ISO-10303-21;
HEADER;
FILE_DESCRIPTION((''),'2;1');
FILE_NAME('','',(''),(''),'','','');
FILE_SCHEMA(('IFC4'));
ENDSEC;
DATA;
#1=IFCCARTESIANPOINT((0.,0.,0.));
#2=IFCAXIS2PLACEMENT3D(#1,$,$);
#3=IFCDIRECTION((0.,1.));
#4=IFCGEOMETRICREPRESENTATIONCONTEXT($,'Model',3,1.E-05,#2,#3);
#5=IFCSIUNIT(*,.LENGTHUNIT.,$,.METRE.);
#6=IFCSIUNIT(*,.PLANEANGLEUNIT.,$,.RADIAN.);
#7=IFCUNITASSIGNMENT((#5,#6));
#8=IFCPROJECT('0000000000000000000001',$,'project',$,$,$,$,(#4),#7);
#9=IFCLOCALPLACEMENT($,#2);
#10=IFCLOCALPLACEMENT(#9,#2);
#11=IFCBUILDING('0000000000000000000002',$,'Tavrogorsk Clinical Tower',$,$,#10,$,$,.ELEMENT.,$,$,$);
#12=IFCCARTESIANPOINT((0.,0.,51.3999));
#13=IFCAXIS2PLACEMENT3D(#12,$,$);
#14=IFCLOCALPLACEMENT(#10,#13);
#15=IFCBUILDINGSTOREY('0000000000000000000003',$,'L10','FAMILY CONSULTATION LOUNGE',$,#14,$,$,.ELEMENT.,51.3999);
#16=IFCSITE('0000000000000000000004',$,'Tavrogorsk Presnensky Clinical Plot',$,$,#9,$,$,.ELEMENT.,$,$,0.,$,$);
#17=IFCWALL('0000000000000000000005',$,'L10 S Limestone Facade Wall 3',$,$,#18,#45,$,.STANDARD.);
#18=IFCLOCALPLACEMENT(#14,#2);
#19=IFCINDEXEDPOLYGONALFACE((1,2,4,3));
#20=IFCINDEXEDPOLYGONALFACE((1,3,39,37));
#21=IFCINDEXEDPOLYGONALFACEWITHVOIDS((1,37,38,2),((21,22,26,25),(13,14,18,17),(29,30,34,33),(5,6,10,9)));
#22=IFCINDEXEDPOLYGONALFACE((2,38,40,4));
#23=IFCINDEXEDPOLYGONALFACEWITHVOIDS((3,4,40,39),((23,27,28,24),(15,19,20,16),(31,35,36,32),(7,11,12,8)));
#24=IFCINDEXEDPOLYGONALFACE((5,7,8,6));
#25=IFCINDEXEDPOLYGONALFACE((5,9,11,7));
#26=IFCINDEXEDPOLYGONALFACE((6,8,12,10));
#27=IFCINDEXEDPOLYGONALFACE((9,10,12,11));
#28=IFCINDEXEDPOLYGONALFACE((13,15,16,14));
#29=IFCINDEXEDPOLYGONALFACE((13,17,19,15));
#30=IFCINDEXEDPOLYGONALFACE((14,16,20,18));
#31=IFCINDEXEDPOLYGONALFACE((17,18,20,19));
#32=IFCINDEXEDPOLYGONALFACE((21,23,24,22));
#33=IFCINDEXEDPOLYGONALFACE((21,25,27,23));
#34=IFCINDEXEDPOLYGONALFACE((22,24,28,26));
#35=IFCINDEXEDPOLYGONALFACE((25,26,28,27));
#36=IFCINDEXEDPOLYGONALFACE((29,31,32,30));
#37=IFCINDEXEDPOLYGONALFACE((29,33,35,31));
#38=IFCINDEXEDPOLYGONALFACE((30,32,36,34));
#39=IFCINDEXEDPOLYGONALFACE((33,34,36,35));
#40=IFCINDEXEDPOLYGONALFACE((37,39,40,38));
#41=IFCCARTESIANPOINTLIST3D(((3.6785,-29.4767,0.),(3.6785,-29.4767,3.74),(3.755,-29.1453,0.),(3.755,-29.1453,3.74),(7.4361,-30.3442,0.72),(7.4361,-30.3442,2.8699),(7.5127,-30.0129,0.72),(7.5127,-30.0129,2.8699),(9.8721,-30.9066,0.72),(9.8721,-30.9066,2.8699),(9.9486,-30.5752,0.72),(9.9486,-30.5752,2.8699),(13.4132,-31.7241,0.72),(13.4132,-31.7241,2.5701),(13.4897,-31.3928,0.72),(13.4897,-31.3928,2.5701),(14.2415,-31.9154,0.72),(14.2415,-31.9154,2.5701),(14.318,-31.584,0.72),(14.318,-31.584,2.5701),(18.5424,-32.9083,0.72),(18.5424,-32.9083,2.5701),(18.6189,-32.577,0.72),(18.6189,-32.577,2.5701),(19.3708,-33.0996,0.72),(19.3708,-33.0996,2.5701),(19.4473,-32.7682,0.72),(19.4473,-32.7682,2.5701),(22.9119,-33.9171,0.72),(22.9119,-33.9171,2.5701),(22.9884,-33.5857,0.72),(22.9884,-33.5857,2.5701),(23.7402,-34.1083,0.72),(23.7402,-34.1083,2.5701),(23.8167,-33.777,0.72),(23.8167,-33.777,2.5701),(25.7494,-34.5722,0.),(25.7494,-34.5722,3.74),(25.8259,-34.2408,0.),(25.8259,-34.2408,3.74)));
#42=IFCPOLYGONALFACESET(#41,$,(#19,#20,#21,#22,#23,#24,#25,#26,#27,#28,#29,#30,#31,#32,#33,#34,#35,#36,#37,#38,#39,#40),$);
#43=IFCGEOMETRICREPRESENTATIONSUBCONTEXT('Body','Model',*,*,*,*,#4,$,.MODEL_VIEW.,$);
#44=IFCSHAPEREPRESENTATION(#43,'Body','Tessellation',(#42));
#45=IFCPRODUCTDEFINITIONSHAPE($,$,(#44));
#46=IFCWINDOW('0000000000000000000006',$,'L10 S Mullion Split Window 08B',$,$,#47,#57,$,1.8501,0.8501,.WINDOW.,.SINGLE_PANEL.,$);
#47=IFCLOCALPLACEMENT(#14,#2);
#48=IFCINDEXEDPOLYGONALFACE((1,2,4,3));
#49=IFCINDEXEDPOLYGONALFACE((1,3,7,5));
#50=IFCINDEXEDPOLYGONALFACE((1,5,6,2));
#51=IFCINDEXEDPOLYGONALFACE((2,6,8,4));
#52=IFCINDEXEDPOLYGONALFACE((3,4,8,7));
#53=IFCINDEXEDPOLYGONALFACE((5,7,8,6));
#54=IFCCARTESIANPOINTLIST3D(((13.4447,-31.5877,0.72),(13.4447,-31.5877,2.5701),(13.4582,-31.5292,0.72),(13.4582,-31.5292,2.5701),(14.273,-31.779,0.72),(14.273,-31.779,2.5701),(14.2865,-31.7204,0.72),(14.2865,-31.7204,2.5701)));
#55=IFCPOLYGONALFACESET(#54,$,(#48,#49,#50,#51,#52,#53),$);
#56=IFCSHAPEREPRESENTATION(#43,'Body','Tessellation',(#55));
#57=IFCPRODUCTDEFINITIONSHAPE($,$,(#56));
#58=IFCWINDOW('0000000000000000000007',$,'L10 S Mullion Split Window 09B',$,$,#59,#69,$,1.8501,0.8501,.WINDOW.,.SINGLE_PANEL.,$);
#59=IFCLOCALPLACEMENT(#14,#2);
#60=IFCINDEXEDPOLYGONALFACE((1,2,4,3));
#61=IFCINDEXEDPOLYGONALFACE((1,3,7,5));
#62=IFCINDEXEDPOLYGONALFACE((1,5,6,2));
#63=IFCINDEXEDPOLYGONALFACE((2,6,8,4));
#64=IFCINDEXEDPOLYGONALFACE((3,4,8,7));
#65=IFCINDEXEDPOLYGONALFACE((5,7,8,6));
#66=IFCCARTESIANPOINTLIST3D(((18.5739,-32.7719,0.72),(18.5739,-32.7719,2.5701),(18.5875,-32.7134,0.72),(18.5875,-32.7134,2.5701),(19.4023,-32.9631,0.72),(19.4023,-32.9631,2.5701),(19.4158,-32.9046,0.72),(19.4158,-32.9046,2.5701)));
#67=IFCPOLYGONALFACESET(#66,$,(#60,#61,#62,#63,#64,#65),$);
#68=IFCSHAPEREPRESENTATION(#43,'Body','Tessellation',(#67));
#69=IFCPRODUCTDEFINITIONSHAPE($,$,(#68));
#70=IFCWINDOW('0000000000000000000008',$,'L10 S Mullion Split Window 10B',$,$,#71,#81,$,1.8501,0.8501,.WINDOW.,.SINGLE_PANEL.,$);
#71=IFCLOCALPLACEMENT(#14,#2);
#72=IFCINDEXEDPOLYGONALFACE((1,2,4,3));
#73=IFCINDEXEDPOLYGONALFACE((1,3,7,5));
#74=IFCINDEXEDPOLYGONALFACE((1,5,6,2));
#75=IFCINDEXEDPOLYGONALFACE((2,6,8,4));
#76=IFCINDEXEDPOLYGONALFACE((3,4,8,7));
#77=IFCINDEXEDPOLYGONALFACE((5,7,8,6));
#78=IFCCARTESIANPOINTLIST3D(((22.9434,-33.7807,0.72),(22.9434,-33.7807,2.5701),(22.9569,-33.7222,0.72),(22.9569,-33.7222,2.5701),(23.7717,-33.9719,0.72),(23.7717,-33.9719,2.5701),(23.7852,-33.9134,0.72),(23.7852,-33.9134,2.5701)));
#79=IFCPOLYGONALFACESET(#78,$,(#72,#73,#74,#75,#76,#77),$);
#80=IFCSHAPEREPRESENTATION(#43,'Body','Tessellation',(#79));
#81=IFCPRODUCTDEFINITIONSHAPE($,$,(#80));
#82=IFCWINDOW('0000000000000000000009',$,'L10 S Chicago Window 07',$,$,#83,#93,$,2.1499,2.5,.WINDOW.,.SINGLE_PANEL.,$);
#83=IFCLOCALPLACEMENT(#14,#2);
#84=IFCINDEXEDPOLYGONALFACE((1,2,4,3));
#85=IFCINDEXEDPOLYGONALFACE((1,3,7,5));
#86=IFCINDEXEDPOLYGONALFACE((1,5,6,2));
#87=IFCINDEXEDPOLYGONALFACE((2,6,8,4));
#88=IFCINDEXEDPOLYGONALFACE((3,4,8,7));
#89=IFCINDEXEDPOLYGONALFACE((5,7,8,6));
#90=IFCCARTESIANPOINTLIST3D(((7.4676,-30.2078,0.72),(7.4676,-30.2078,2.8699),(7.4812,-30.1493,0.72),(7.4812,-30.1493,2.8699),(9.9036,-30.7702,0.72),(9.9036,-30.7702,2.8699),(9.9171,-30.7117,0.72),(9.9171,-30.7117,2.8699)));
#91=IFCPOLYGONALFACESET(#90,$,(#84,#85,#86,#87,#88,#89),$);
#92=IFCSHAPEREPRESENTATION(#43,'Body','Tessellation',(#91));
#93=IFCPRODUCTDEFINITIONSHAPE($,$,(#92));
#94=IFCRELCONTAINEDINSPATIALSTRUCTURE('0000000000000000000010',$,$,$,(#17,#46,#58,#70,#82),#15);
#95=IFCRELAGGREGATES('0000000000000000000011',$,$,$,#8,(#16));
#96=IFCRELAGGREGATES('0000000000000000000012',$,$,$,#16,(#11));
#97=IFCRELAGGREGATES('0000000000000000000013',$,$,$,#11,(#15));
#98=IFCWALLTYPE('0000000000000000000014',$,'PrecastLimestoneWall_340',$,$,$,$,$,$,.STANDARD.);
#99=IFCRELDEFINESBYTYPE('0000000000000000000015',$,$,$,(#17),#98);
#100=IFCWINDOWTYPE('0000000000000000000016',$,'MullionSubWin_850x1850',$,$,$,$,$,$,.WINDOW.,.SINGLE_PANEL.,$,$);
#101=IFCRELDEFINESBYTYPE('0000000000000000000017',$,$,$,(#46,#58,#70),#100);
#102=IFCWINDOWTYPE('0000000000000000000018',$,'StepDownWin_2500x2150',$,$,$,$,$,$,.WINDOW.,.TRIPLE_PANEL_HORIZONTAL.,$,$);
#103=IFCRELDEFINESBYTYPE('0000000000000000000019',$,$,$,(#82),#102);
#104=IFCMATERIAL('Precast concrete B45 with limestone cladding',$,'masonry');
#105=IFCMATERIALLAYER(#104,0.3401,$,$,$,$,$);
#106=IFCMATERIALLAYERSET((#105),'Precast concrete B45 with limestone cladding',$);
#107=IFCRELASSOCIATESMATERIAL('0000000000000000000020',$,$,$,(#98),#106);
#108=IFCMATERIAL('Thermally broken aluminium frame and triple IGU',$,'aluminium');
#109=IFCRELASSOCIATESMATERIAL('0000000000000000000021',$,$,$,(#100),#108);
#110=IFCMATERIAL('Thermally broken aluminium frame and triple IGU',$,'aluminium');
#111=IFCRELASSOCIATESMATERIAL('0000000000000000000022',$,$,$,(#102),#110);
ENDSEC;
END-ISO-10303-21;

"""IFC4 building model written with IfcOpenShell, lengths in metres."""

from ifc_helpers import new_model, si_unit, direction, frame, frame_2d, origin, place, context, subcontext, project, spatial, rectangle, extrude, material, layer, layer_set, type_object, element, fill, save


model = new_model("IFC4")

# Units and contexts
model_context = context("Model", 3, precision=1e-05, world=origin(), true_north=direction((0.0, 1.0)))
body_context = subcontext(model_context, "Body", "Model", "MODEL_VIEW")
ifc_project = project(units=[si_unit("LENGTHUNIT", "METRE"), si_unit("PLANEANGLEUNIT", "RADIAN")], contexts=[model_context])

# Site, building, storey
site_placement = place(None, origin())
site = spatial("IfcSite", under=ifc_project, at=site_placement, Name="Tavrogorsk Presnensky Clinical Plot", CompositionType="ELEMENT", RefElevation=0.0)
building_placement = place(site_placement, origin())
building = spatial("IfcBuilding", under=site, at=building_placement, Name="Tavrogorsk Clinical Tower", CompositionType="ELEMENT")
storey_placement = place(building_placement, frame((0.0, 0.0, 51.3999)))
storey = spatial("IfcBuildingStorey", under=building, at=storey_placement, Name="L10", Description="FAMILY CONSULTATION LOUNGE", CompositionType="ELEMENT", Elevation=51.3999)

# Wall, openings, windows
ifc_material_1 = material(Name="Precast concrete B45 with limestone cladding", Category="masonry")
ifc_layer_1 = layer(ifc_material_1, 0.3401)
ifc_layer_set_1 = layer_set([ifc_layer_1], Name="Precast concrete B45 with limestone cladding")
wall_type_1 = type_object("IfcWallType", Name="PrecastLimestoneWall_340", PredefinedType="STANDARD", material=ifc_layer_set_1)
wall_1_placement = place(storey_placement, frame((3.7168, -29.311, 0.0), z_axis=(0.0, 0.0, 1.0), x_axis=(0.97437, -0.224952, 0.0)))
wall_1 = element("IfcWall", 1, at=wall_1_placement, inside=storey, type_object=wall_type_1, Name="L10 S Limestone Facade Wall 3", PredefinedType="STANDARD", context=body_context, shape_type="SweptSolid", body=[
    extrude(rectangle(XDim=22.6514, YDim=0.3401, at=frame_2d((11.3257, 0.0))), origin(), (0.0, 0.0, 1.0), 3.74),
])
opening_1_placement = place(wall_1_placement, frame((3.8564, 0.0, 0.72)))
opening_1 = element("IfcOpeningElement", 2, at=opening_1_placement, cuts=wall_1, PredefinedType="OPENING", context=body_context, shape_type="SweptSolid", body=[
    extrude(rectangle(XDim=2.5, YDim=2.1499, at=frame_2d((1.25, 1.075))), frame((0.0, 0.1799, 0.0), z_axis=(0.0, -1.0, 0.0), x_axis=(1.0, 0.0, 0.0)), (0.0, 0.0, 1.0), 0.3601),
])
opening_2_placement = place(wall_1_placement, frame((9.9907, 0.0, 0.72)))
opening_2 = element("IfcOpeningElement", 3, at=opening_2_placement, cuts=wall_1, PredefinedType="OPENING", context=body_context, shape_type="SweptSolid", body=[
    extrude(rectangle(XDim=0.8501, YDim=1.8501, at=frame_2d((0.425, 0.925))), frame((0.0, 0.1799, 0.0), z_axis=(0.0, -1.0, 0.0), x_axis=(1.0, 0.0, 0.0)), (0.0, 0.0, 1.0), 0.3601),
])
opening_3_placement = place(wall_1_placement, frame((15.2549, 0.0, 0.72)))
opening_3 = element("IfcOpeningElement", 4, at=opening_3_placement, cuts=wall_1, PredefinedType="OPENING", context=body_context, shape_type="SweptSolid", body=[
    extrude(rectangle(XDim=0.8501, YDim=1.8501, at=frame_2d((0.425, 0.925))), frame((0.0, 0.1799, 0.0), z_axis=(0.0, -1.0, 0.0), x_axis=(1.0, 0.0, 0.0)), (0.0, 0.0, 1.0), 0.3601),
])
opening_4_placement = place(wall_1_placement, frame((19.7393, 0.0, 0.72)))
opening_4 = element("IfcOpeningElement", 5, at=opening_4_placement, cuts=wall_1, PredefinedType="OPENING", context=body_context, shape_type="SweptSolid", body=[
    extrude(rectangle(XDim=0.8501, YDim=1.8501, at=frame_2d((0.425, 0.925))), frame((0.0, 0.1799, 0.0), z_axis=(0.0, -1.0, 0.0), x_axis=(1.0, 0.0, 0.0)), (0.0, 0.0, 1.0), 0.3601),
])
ifc_material_2 = material(Name="Thermally broken aluminium frame and triple IGU", Category="aluminium")
window_type_1 = type_object("IfcWindowType", Name="MullionSubWin_850x1850", PartitioningType="SINGLE_PANEL", PredefinedType="WINDOW", material=ifc_material_2)
window_1_placement = place(opening_2_placement, origin())
window_1 = element("IfcWindow", 6, at=window_1_placement, inside=storey, type_object=window_type_1, Name="L10 S Mullion Split Window 08B", OverallHeight=1.8501, OverallWidth=0.8501, PartitioningType="SINGLE_PANEL", PredefinedType="WINDOW", context=body_context, shape_type="SweptSolid", body=[
    extrude(rectangle(XDim=0.8501, YDim=1.8501, at=frame_2d((0.425, 0.925))), frame((0.0, 0.03, 0.0), z_axis=(0.0, -1.0, 0.0), x_axis=(1.0, 0.0, 0.0)), (0.0, 0.0, 1.0), 0.0601),
])
fill(opening_2, window_1)
window_2_placement = place(opening_3_placement, origin())
window_2 = element("IfcWindow", 7, at=window_2_placement, inside=storey, type_object=window_type_1, Name="L10 S Mullion Split Window 09B", OverallHeight=1.8501, OverallWidth=0.8501, PartitioningType="SINGLE_PANEL", PredefinedType="WINDOW", context=body_context, shape_type="SweptSolid", body=[
    extrude(rectangle(XDim=0.8501, YDim=1.8501, at=frame_2d((0.425, 0.925))), frame((0.0, 0.03, 0.0), z_axis=(0.0, -1.0, 0.0), x_axis=(1.0, 0.0, 0.0)), (0.0, 0.0, 1.0), 0.0601),
])
fill(opening_3, window_2)
window_3_placement = place(opening_4_placement, origin())
window_3 = element("IfcWindow", 8, at=window_3_placement, inside=storey, type_object=window_type_1, Name="L10 S Mullion Split Window 10B", OverallHeight=1.8501, OverallWidth=0.8501, PartitioningType="SINGLE_PANEL", PredefinedType="WINDOW", context=body_context, shape_type="SweptSolid", body=[
    extrude(rectangle(XDim=0.8501, YDim=1.8501, at=frame_2d((0.425, 0.925))), frame((0.0, 0.03, 0.0), z_axis=(0.0, -1.0, 0.0), x_axis=(1.0, 0.0, 0.0)), (0.0, 0.0, 1.0), 0.0601),
])
fill(opening_4, window_3)
ifc_material_3 = material(Name="Thermally broken aluminium frame and triple IGU", Category="aluminium")
window_type_2 = type_object("IfcWindowType", Name="StepDownWin_2500x2150", PartitioningType="TRIPLE_PANEL_HORIZONTAL", PredefinedType="WINDOW", material=ifc_material_3)
window_4_placement = place(opening_1_placement, origin())
window_4 = element("IfcWindow", 9, at=window_4_placement, inside=storey, type_object=window_type_2, Name="L10 S Chicago Window 07", OverallHeight=2.1499, OverallWidth=2.5, PartitioningType="SINGLE_PANEL", PredefinedType="WINDOW", context=body_context, shape_type="SweptSolid", body=[
    extrude(rectangle(XDim=2.5, YDim=2.1499, at=frame_2d((1.25, 1.075))), frame((0.0, 0.03, 0.0), z_axis=(0.0, -1.0, 0.0), x_axis=(1.0, 0.0, 0.0)), (0.0, 0.0, 1.0), 0.0601),
])
fill(opening_1, window_4)

save(model, "model.ifc")
